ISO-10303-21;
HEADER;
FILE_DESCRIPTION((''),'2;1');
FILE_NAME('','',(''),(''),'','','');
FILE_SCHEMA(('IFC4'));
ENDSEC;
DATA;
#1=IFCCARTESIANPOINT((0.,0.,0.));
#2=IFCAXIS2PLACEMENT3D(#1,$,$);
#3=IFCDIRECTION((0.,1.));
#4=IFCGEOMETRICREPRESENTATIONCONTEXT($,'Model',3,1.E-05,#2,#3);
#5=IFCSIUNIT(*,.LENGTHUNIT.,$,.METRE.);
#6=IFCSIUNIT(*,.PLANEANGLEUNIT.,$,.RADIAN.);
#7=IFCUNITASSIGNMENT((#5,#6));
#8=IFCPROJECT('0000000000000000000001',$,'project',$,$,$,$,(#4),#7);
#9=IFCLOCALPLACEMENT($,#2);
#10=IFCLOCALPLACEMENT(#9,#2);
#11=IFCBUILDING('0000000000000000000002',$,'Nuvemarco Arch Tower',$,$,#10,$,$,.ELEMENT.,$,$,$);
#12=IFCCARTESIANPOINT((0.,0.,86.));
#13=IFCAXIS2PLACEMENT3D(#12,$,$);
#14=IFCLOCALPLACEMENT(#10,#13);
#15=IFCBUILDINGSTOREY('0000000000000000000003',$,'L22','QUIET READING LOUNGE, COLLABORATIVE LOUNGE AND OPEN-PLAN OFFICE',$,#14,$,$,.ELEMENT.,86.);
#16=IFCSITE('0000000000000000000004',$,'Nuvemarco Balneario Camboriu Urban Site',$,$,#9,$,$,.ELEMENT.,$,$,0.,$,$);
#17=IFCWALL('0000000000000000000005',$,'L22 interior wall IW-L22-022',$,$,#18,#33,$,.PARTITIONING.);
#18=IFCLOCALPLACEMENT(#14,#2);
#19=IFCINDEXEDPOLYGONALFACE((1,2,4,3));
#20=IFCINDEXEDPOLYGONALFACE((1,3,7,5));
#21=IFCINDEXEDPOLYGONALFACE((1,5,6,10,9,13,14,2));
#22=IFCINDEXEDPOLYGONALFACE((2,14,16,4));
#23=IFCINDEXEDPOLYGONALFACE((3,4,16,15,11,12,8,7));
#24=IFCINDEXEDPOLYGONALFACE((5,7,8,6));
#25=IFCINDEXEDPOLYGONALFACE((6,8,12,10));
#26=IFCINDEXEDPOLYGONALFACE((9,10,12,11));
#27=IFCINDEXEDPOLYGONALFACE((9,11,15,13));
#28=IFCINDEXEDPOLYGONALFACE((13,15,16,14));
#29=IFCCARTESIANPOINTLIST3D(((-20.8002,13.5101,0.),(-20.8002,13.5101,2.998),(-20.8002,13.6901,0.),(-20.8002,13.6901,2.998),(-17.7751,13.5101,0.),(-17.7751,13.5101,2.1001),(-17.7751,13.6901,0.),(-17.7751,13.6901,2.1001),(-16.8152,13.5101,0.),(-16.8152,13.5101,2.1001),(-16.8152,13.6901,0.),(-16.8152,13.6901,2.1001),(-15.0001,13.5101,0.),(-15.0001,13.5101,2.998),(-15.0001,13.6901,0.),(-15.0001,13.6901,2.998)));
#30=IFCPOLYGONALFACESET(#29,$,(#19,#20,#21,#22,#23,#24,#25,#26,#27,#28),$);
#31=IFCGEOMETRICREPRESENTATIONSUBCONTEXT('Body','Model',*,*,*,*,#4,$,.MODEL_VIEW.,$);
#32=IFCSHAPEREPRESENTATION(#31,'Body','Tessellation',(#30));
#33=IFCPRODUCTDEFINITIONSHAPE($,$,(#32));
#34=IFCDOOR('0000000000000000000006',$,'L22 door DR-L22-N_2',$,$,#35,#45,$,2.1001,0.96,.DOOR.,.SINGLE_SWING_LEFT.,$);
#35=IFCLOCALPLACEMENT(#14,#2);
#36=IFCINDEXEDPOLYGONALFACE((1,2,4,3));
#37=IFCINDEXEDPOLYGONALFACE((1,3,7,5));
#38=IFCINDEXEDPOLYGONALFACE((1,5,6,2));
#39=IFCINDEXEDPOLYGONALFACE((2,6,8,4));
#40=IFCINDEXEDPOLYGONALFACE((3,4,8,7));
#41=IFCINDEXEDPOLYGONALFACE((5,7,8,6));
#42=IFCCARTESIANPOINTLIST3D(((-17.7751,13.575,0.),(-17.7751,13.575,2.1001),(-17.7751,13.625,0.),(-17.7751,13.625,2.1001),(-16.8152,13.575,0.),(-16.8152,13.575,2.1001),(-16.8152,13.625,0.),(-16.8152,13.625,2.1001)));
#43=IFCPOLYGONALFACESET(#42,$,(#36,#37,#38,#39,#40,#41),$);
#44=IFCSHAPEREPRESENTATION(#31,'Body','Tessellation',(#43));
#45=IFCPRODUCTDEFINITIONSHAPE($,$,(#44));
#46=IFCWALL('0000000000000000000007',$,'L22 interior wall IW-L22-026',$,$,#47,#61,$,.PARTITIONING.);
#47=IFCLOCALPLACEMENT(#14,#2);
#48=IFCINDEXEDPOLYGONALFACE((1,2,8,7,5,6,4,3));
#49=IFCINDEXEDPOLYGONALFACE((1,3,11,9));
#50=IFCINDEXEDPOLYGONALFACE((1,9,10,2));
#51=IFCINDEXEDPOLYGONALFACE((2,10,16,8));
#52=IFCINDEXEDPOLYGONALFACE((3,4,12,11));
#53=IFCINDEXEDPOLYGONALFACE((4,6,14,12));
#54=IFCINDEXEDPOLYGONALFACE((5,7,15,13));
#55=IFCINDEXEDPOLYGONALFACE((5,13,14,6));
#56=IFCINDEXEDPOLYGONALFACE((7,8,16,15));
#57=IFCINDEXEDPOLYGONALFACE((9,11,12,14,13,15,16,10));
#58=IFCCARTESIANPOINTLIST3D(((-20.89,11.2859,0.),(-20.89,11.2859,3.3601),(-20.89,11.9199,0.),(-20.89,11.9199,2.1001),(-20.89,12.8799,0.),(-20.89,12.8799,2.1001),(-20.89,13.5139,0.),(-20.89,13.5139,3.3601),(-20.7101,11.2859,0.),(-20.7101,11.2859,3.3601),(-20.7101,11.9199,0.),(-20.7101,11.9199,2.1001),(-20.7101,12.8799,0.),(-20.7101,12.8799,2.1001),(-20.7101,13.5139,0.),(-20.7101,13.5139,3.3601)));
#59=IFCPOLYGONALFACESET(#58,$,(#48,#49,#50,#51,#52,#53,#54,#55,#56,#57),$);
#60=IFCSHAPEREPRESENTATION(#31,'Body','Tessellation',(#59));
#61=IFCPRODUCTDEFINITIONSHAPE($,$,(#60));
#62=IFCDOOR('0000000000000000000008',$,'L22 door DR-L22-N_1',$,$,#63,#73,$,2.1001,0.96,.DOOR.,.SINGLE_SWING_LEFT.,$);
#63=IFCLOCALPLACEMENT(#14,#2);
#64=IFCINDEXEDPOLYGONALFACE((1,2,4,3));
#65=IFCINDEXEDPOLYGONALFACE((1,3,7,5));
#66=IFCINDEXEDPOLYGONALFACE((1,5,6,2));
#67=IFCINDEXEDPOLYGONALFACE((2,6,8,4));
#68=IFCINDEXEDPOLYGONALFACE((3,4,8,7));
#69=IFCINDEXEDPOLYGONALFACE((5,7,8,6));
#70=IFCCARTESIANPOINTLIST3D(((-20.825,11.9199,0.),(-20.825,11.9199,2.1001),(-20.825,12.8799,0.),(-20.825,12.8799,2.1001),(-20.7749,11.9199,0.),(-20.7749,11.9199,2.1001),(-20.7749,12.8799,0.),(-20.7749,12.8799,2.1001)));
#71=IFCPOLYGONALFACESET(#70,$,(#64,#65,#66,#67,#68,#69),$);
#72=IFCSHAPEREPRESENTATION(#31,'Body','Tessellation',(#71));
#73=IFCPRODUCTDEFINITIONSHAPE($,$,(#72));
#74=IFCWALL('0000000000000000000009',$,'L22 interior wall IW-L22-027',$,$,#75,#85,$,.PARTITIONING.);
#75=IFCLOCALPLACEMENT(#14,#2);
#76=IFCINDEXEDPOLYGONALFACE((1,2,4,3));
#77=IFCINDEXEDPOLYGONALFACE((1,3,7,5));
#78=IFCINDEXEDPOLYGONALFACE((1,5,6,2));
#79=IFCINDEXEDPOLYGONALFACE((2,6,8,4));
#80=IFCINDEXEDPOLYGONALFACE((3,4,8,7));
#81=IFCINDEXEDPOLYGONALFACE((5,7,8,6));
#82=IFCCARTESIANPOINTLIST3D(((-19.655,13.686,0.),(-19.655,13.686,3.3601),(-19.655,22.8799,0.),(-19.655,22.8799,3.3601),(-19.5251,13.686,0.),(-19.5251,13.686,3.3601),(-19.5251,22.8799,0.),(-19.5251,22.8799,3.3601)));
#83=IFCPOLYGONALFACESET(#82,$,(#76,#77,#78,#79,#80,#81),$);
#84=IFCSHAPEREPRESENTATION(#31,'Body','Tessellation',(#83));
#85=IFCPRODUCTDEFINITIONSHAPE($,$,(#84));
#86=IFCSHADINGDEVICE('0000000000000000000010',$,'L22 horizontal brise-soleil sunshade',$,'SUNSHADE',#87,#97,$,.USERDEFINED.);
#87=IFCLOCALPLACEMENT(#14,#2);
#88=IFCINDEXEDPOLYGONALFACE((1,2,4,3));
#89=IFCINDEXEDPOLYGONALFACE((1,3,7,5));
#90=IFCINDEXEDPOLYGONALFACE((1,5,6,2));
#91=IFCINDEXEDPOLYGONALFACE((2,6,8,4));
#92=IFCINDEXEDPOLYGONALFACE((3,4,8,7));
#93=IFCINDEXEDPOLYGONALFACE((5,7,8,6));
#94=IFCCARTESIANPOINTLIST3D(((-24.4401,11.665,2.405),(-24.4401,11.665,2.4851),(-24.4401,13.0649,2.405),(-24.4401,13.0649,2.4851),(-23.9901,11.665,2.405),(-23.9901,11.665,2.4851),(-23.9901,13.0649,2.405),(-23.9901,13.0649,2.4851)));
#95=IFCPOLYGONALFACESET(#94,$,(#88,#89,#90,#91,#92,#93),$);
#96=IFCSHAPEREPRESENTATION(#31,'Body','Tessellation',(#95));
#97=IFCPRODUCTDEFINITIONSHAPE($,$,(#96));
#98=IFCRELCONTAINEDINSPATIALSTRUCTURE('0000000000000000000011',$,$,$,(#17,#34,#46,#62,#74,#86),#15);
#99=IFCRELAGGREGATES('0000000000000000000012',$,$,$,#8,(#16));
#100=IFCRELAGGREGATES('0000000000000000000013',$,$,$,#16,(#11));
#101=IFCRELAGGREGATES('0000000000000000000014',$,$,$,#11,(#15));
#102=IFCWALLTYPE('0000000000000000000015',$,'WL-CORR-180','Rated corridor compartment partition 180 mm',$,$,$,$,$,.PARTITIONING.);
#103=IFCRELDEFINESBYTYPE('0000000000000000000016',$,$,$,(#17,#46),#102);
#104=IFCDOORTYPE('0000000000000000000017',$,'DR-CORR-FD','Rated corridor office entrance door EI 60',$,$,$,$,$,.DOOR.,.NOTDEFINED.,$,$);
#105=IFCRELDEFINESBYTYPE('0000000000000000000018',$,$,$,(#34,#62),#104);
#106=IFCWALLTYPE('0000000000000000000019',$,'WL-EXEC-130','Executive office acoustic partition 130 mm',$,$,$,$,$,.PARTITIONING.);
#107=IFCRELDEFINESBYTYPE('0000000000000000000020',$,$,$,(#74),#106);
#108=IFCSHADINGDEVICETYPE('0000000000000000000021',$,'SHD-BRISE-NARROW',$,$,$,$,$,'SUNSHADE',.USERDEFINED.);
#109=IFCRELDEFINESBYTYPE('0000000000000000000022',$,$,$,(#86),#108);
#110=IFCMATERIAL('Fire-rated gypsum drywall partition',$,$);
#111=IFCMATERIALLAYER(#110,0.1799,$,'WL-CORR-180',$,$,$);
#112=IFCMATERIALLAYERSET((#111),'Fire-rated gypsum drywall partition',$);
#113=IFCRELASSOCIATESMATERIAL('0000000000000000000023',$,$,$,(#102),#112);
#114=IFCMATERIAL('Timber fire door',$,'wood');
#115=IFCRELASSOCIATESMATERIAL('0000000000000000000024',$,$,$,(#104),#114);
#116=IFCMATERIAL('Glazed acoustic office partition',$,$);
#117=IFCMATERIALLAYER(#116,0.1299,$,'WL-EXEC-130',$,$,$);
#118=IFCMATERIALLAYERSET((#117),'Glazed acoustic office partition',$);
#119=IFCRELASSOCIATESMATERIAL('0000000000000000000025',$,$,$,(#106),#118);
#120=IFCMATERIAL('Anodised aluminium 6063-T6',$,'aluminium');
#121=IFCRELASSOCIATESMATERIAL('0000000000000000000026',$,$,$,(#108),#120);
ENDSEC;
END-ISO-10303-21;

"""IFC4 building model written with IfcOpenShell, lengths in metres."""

from ifc_helpers import new_model, si_unit, direction, frame, frame_2d, origin, origin_2d, place, context, subcontext, project, spatial, rectangle, extrude, source, transform, mapped, material, layer, layer_set, type_object, type_shapes, element, fill, save


model = new_model("IFC4")

# Units and contexts
model_context = context("Model", 3, precision=1e-05, world=origin(), true_north=direction((0.0, 1.0)))
body_context = subcontext(model_context, "Body", "Model", "MODEL_VIEW")
ifc_project = project(units=[si_unit("LENGTHUNIT", "METRE"), si_unit("PLANEANGLEUNIT", "RADIAN")], contexts=[model_context])

# Site, building, storey
site_placement = place(None, origin())
site = spatial("IfcSite", under=ifc_project, at=site_placement, Name="Nuvemarco Balneario Camboriu Urban Site", CompositionType="ELEMENT", RefElevation=0.0)
building_placement = place(site_placement, origin())
building = spatial("IfcBuilding", under=site, at=building_placement, Name="Nuvemarco Arch Tower", CompositionType="ELEMENT")
storey_placement = place(building_placement, frame((0.0, 0.0, 86.0)))
storey = spatial("IfcBuildingStorey", under=building, at=storey_placement, Name="L22", Description="QUIET READING LOUNGE, COLLABORATIVE LOUNGE AND OPEN-PLAN OFFICE", CompositionType="ELEMENT", Elevation=86.0)

# Shared definitions
ifc_material_1 = material(Name="Fire-rated gypsum drywall partition")
ifc_layer_1 = layer(ifc_material_1, 0.1799, Name="WL-CORR-180")
ifc_layer_set_1 = layer_set([ifc_layer_1], Name="Fire-rated gypsum drywall partition")
wall_type_1 = type_object("IfcWallType", Name="WL-CORR-180", Description="Rated corridor compartment partition 180 mm", PredefinedType="PARTITIONING", material=ifc_layer_set_1)
ifc_material_2 = material(Name="Timber fire door", Category="wood")
door_type_1 = type_object("IfcDoorType", Name="DR-CORR-FD", Description="Rated corridor office entrance door EI 60", OperationType="NOTDEFINED", PredefinedType="DOOR", material=ifc_material_2)
shared_shape_1 = source(origin(), body_context, "Body", "SweptSolid", [
    extrude(rectangle(XDim=0.96, YDim=2.1001, at=frame_2d((0.48, 1.05))), frame((0.0, 0.0249, 0.0), z_axis=(0.0, -1.0, 0.0), x_axis=(1.0, 0.0, 0.0)), (0.0, 0.0, 1.0), 0.05),
])
type_shapes(door_type_1, [shared_shape_1])

# Walls, openings, doors
wall_1_placement = place(storey_placement, frame((-20.8, 13.6001, 0.0), z_axis=(0.0, 0.0, 1.0), x_axis=(1.0, 0.0, 0.0)))
wall_1 = element("IfcWall", 1, at=wall_1_placement, inside=storey, type_object=wall_type_1, Name="L22 interior wall IW-L22-022", PredefinedType="PARTITIONING", context=body_context, shape_type="SweptSolid", body=[
    extrude(rectangle(XDim=5.8, YDim=0.1799, at=frame_2d((2.8999, 0.0))), origin(), (0.0, 0.0, 1.0), 2.998),
])
opening_1_placement = place(wall_1_placement, frame((3.0249, 0.0, 0.0)))
opening_1 = element("IfcOpeningElement", 2, at=opening_1_placement, cuts=wall_1, PredefinedType="OPENING", context=body_context, shape_type="SweptSolid", body=[
    extrude(rectangle(XDim=0.96, YDim=2.1001, at=frame_2d((0.48, 1.05))), frame((0.0, 0.0999, 0.0), z_axis=(0.0, -1.0, 0.0), x_axis=(1.0, 0.0, 0.0)), (0.0, 0.0, 1.0), 0.2),
])
door_1_placement = place(opening_1_placement, origin())
door_1 = element("IfcDoor", 3, at=door_1_placement, inside=storey, type_object=door_type_1, Name="L22 door DR-L22-N_2", OperationType="SINGLE_SWING_LEFT", OverallHeight=2.1001, OverallWidth=0.96, PredefinedType="DOOR", context=body_context, shape_type="MappedRepresentation", body=[
    mapped(shared_shape_1, transform((0.0, 0.0, 0.0), scale=1.0)),
])
fill(opening_1, door_1)
wall_2_placement = place(storey_placement, frame((-20.8, 11.2859, 0.0), z_axis=(0.0, 0.0, 1.0), x_axis=(0.0, 1.0, 0.0)))
wall_2 = element("IfcWall", 4, at=wall_2_placement, inside=storey, type_object=wall_type_1, Name="L22 interior wall IW-L22-026", PredefinedType="PARTITIONING", context=body_context, shape_type="SweptSolid", body=[
    extrude(rectangle(XDim=2.228, YDim=0.1799, at=frame_2d((1.114, 0.0))), origin(), (0.0, 0.0, 1.0), 3.3601),
])
opening_2_placement = place(wall_2_placement, frame((0.634, 0.0, 0.0)))
opening_2 = element("IfcOpeningElement", 5, at=opening_2_placement, cuts=wall_2, PredefinedType="OPENING", context=body_context, shape_type="SweptSolid", body=[
    extrude(rectangle(XDim=0.96, YDim=2.1001, at=frame_2d((0.48, 1.05))), frame((0.0, 0.0999, 0.0), z_axis=(0.0, -1.0, 0.0), x_axis=(1.0, 0.0, 0.0)), (0.0, 0.0, 1.0), 0.2),
])
door_2_placement = place(opening_2_placement, origin())
door_2 = element("IfcDoor", 6, at=door_2_placement, inside=storey, type_object=door_type_1, Name="L22 door DR-L22-N_1", OperationType="SINGLE_SWING_LEFT", OverallHeight=2.1001, OverallWidth=0.96, PredefinedType="DOOR", context=body_context, shape_type="MappedRepresentation", body=[
    mapped(shared_shape_1, transform((0.0, 0.0, 0.0), scale=1.0)),
])
fill(opening_2, door_2)

# Wall
ifc_material_3 = material(Name="Glazed acoustic office partition")
ifc_layer_2 = layer(ifc_material_3, 0.1299, Name="WL-EXEC-130")
ifc_layer_set_2 = layer_set([ifc_layer_2], Name="Glazed acoustic office partition")
wall_type_2 = type_object("IfcWallType", Name="WL-EXEC-130", Description="Executive office acoustic partition 130 mm", PredefinedType="PARTITIONING", material=ifc_layer_set_2)
wall_3_placement = place(storey_placement, frame((-19.5901, 13.686, 0.0), z_axis=(0.0, 0.0, 1.0), x_axis=(0.0, 1.0, 0.0)))
element("IfcWall", 7, at=wall_3_placement, inside=storey, type_object=wall_type_2, Name="L22 interior wall IW-L22-027", PredefinedType="PARTITIONING", context=body_context, shape_type="SweptSolid", body=[
    extrude(rectangle(XDim=9.1938, YDim=0.1299, at=frame_2d((4.5969, 0.0))), origin(), (0.0, 0.0, 1.0), 3.3601),
])

# Shading device
ifc_material_4 = material(Name="Anodised aluminium 6063-T6", Category="aluminium")
shading_device_type = type_object("IfcShadingDeviceType", Name="SHD-BRISE-NARROW", ElementType="SUNSHADE", PredefinedType="USERDEFINED", material=ifc_material_4)
shared_shape_2 = source(origin(), body_context, "Body", "SweptSolid", [
    extrude(rectangle(XDim=1.3999, YDim=0.45, at=origin_2d()), origin(), (0.0, 0.0, 1.0), 0.0801),
])
type_shapes(shading_device_type, [shared_shape_2])
shading_device_placement = place(storey_placement, frame((-24.2151, 12.365, 2.405), z_axis=(0.0, 0.0, 1.0), x_axis=(0.0, 1.0, 0.0)))
element("IfcShadingDevice", 8, at=shading_device_placement, inside=storey, type_object=shading_device_type, Name="L22 horizontal brise-soleil sunshade", ObjectType="SUNSHADE", PredefinedType="USERDEFINED", context=body_context, shape_type="MappedRepresentation", body=[
    mapped(shared_shape_2, transform((0.0, 0.0, 0.0), scale=1.0)),
])

save(model, "model.ifc")
